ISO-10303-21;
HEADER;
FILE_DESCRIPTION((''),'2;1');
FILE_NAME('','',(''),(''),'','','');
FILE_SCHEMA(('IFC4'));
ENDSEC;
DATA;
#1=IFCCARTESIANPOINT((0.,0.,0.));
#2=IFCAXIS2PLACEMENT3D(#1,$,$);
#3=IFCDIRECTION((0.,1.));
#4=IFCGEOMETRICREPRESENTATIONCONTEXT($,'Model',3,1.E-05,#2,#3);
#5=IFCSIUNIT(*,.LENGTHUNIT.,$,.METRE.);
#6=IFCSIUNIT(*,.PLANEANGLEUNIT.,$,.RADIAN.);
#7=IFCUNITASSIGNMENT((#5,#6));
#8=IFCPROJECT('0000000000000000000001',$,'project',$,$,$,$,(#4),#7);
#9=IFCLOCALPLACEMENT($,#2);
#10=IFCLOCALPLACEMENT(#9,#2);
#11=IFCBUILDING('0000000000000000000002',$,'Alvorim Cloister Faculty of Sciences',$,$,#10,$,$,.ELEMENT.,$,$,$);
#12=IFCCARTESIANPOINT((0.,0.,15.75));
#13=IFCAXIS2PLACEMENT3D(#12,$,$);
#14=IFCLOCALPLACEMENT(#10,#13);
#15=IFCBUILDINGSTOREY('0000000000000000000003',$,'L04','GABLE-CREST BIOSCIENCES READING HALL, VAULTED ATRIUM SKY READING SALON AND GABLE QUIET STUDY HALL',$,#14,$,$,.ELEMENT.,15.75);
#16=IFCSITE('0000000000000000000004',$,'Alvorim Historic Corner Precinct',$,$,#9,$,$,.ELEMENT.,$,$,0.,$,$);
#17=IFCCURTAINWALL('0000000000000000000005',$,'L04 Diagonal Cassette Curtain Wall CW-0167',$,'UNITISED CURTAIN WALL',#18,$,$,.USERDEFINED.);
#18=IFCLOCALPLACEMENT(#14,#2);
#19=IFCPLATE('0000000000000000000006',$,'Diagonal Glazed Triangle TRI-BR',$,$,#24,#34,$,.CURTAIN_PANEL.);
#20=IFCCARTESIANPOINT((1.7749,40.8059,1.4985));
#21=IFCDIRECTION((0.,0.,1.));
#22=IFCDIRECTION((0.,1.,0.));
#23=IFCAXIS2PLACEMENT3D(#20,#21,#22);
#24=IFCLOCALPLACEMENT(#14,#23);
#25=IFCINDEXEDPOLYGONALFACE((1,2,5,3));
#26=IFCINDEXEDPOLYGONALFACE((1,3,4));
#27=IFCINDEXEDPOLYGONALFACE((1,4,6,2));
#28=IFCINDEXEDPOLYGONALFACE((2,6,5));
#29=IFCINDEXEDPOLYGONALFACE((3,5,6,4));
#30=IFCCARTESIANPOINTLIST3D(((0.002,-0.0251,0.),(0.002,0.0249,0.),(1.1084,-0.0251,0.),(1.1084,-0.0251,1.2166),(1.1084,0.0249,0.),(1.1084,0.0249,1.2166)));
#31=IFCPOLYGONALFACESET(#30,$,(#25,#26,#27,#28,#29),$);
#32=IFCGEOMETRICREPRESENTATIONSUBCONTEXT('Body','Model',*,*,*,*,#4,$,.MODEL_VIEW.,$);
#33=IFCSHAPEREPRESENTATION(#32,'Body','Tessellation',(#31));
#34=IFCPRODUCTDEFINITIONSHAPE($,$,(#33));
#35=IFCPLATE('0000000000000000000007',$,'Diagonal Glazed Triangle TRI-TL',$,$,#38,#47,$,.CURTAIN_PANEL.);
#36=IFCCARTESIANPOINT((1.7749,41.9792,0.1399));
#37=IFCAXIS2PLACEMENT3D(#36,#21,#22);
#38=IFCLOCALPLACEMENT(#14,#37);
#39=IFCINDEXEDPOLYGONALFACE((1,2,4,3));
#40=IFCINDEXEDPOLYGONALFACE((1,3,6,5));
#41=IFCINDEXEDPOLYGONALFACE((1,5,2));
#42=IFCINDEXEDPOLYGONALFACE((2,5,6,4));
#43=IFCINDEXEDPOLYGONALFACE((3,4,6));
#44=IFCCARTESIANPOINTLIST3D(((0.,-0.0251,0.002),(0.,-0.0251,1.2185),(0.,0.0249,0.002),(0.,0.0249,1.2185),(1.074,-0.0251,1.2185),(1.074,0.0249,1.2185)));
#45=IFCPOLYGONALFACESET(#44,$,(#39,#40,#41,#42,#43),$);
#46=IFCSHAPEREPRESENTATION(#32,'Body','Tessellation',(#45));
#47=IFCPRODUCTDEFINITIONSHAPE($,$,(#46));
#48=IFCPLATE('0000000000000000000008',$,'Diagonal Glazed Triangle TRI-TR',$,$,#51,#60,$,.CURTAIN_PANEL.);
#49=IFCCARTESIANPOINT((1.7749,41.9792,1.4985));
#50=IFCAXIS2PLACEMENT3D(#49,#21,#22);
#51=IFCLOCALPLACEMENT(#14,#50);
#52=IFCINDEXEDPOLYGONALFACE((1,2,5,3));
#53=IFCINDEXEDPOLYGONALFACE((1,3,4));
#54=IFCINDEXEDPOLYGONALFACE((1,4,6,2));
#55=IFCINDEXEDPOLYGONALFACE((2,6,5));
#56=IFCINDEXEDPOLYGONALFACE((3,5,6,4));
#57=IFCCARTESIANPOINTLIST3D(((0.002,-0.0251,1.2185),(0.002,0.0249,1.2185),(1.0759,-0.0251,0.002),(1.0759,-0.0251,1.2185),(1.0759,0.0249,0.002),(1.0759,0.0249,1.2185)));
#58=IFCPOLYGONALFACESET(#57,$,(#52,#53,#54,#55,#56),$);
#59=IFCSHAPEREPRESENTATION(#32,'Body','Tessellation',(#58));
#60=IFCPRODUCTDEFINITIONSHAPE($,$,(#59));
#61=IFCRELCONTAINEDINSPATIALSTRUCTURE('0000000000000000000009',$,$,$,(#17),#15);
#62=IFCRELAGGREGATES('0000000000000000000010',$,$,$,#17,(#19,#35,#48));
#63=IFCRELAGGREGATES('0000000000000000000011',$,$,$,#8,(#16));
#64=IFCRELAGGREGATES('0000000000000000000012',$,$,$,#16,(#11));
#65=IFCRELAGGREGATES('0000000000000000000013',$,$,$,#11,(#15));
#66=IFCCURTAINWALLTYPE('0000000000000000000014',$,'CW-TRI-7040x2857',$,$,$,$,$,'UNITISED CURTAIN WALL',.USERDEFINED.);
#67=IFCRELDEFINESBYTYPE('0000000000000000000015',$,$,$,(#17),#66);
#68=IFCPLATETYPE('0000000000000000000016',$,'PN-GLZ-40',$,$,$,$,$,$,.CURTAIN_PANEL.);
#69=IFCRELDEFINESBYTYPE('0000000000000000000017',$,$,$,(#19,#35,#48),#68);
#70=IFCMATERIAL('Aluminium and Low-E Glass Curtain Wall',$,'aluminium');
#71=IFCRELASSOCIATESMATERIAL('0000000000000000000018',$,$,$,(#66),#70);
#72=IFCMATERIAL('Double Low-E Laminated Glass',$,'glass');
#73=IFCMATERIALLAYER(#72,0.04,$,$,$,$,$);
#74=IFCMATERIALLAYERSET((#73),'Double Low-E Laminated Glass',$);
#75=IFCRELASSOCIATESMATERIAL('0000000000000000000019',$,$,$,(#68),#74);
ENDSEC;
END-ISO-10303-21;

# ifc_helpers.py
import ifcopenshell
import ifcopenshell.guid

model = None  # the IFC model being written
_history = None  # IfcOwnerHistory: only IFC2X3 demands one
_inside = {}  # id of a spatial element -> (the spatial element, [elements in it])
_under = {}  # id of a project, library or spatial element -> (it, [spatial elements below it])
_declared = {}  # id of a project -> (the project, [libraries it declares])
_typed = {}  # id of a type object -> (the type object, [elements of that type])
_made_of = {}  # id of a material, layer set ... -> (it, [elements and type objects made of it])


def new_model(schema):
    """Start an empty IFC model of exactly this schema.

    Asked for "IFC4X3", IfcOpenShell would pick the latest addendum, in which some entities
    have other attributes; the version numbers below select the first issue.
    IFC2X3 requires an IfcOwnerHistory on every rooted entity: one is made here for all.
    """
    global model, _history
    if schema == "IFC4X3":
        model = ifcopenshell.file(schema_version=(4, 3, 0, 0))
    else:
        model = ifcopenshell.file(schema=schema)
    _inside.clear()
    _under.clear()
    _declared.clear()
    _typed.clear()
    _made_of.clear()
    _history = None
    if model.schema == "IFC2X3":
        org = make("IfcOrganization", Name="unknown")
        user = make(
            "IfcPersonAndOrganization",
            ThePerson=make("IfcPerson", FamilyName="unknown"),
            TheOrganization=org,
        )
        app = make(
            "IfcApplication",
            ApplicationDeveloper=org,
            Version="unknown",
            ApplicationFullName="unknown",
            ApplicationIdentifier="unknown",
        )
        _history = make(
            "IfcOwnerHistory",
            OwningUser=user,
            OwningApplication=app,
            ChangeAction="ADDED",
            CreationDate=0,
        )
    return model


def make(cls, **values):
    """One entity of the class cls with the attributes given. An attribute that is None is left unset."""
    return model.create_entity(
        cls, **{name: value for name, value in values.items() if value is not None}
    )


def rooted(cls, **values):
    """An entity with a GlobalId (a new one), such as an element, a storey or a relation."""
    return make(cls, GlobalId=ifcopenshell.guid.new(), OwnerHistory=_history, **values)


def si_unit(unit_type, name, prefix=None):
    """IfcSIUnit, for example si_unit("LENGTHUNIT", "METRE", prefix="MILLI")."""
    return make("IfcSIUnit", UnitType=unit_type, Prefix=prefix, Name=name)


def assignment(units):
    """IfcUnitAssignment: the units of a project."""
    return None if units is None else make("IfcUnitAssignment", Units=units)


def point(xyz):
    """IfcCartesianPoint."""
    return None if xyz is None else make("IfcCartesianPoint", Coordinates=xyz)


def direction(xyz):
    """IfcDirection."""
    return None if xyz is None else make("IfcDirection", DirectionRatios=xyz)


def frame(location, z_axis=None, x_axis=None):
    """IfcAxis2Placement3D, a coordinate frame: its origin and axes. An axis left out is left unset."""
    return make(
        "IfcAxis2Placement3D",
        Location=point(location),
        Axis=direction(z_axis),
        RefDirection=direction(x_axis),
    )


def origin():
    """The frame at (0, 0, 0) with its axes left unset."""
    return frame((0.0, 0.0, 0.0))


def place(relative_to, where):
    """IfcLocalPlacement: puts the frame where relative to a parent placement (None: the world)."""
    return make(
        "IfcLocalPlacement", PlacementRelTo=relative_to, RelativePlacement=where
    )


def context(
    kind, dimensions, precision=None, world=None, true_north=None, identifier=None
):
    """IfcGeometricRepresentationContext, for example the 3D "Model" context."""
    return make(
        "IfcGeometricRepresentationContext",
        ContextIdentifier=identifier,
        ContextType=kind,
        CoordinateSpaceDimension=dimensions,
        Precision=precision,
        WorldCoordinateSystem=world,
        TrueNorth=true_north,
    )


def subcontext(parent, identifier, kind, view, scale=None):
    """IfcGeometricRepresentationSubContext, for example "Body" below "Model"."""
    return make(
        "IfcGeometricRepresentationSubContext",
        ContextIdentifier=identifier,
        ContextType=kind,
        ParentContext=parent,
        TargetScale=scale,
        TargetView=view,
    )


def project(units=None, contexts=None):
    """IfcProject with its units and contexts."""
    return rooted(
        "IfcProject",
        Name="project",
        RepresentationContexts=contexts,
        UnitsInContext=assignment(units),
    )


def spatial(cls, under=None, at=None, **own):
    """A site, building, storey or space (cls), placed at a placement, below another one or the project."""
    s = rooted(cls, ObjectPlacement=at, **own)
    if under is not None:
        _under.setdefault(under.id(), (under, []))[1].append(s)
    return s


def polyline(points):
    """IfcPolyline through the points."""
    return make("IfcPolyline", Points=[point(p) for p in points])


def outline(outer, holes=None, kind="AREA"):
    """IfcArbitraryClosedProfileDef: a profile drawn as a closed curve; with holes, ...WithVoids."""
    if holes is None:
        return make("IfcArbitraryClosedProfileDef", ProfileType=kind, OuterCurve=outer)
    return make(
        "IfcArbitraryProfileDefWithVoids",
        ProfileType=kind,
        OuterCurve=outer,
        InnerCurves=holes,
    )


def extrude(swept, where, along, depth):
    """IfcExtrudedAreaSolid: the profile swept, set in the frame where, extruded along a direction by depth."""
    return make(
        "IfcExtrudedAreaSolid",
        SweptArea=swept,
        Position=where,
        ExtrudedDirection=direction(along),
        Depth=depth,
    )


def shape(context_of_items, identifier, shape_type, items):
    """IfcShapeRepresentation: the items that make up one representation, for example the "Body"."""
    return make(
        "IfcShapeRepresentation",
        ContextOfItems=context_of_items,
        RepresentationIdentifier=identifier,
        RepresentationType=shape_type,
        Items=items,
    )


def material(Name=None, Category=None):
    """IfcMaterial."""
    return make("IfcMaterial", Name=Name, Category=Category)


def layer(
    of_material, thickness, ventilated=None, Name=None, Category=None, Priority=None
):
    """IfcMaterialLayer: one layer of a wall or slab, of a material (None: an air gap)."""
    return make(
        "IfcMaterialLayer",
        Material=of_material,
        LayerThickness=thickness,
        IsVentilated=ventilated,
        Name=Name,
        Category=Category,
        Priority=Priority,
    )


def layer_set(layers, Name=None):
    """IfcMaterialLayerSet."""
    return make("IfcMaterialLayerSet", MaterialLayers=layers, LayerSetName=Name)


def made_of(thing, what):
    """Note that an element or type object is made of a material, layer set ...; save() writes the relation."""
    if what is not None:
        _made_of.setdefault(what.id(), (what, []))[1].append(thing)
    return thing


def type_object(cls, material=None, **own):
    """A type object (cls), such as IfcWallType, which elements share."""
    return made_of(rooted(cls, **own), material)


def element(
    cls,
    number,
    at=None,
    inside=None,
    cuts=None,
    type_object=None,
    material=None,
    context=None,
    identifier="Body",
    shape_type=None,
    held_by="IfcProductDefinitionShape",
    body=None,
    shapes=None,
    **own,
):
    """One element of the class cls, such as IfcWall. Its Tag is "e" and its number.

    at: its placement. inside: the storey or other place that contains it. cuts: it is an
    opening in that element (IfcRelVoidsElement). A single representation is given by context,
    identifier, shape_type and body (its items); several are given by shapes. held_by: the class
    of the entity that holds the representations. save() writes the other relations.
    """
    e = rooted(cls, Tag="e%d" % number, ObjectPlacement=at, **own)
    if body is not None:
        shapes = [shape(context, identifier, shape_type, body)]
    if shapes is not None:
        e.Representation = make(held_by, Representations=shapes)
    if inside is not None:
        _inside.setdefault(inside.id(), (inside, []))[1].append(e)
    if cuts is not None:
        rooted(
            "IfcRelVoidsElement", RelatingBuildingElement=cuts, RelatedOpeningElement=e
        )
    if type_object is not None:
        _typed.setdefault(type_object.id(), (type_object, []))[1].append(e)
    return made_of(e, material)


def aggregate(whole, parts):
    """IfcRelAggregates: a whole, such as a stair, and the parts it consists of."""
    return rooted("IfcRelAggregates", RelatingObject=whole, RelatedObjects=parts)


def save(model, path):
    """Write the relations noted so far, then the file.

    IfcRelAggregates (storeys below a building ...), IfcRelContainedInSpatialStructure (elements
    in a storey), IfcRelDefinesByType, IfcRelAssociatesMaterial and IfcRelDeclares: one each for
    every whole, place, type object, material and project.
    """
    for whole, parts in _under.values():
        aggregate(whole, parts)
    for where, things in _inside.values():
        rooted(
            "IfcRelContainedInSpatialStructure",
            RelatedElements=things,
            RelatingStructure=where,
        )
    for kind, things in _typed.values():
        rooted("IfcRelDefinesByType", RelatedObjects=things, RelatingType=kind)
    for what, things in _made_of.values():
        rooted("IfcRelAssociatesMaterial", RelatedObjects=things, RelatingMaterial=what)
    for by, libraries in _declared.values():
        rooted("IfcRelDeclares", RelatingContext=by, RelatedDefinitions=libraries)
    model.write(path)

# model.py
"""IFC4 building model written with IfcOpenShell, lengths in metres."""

from ifc_helpers import new_model, si_unit, direction, frame, origin, place, context, subcontext, project, spatial, polyline, outline, extrude, material, layer, layer_set, type_object, element, aggregate, save


model = new_model("IFC4")

# Units and contexts
model_context = context("Model", 3, precision=1e-05, world=origin(), true_north=direction((0.0, 1.0)))
body_context = subcontext(model_context, "Body", "Model", "MODEL_VIEW")
ifc_project = project(units=[si_unit("LENGTHUNIT", "METRE"), si_unit("PLANEANGLEUNIT", "RADIAN")], contexts=[model_context])

# Site, building, storey
site_placement = place(None, origin())
site = spatial("IfcSite", under=ifc_project, at=site_placement, Name="Alvorim Historic Corner Precinct", CompositionType="ELEMENT", RefElevation=0.0)
building_placement = place(site_placement, origin())
building = spatial("IfcBuilding", under=site, at=building_placement, Name="Alvorim Cloister Faculty of Sciences", CompositionType="ELEMENT")
storey_placement = place(building_placement, frame((0.0, 0.0, 15.75)))
storey = spatial("IfcBuildingStorey", under=building, at=storey_placement, Name="L04", Description="GABLE-CREST BIOSCIENCES READING HALL, VAULTED ATRIUM SKY READING SALON AND GABLE QUIET STUDY HALL", CompositionType="ELEMENT", Elevation=15.75)

# Curtain wall
ifc_material_1 = material(Name="Aluminium and Low-E Glass Curtain Wall", Category="aluminium")
curtain_wall_type_1 = type_object("IfcCurtainWallType", Name="CW-TRI-7040x2857", ElementType="UNITISED CURTAIN WALL", PredefinedType="USERDEFINED", material=ifc_material_1)
curtain_wall_1_placement = place(storey_placement, origin())
curtain_wall_1 = element("IfcCurtainWall", 1, at=curtain_wall_1_placement, inside=storey, type_object=curtain_wall_type_1, Name="L04 Diagonal Cassette Curtain Wall CW-0167", ObjectType="UNITISED CURTAIN WALL", PredefinedType="USERDEFINED")

# Plates
ifc_material_2 = material(Name="Double Low-E Laminated Glass", Category="glass")
ifc_layer_1 = layer(ifc_material_2, 0.04)
ifc_layer_set_1 = layer_set([ifc_layer_1], Name="Double Low-E Laminated Glass")
plate_type = type_object("IfcPlateType", Name="PN-GLZ-40", PredefinedType="CURTAIN_PANEL", material=ifc_layer_set_1)
plate_1_placement = place(storey_placement, frame((1.7749, 40.8059, 1.4985), z_axis=(0.0, 0.0, 1.0), x_axis=(0.0, 1.0, 0.0)))
plate_1 = element("IfcPlate", 2, at=plate_1_placement, type_object=plate_type, Name="Diagonal Glazed Triangle TRI-BR", PredefinedType="CURTAIN_PANEL", context=body_context, shape_type="SweptSolid", body=[
    extrude(outline(polyline([(0.002, 0.0), (1.1084, 0.0), (1.1084, 1.2166), (0.002, 0.0)])), frame((0.0, 0.0249, 0.0), z_axis=(0.0, -1.0, 0.0), x_axis=(1.0, 0.0, 0.0)), (0.0, 0.0, 1.0), 0.05),
])
plate_2_placement = place(storey_placement, frame((1.7749, 41.9792, 0.1399), z_axis=(0.0, 0.0, 1.0), x_axis=(0.0, 1.0, 0.0)))
plate_2 = element("IfcPlate", 3, at=plate_2_placement, type_object=plate_type, Name="Diagonal Glazed Triangle TRI-TL", PredefinedType="CURTAIN_PANEL", context=body_context, shape_type="SweptSolid", body=[
    extrude(outline(polyline([(1.074, 1.2185), (0.0, 1.2185), (0.0, 0.002), (1.074, 1.2185)])), frame((0.0, 0.0249, 0.0), z_axis=(0.0, -1.0, 0.0), x_axis=(1.0, 0.0, 0.0)), (0.0, 0.0, 1.0), 0.05),
])
plate_3_placement = place(storey_placement, frame((1.7749, 41.9792, 1.4985), z_axis=(0.0, 0.0, 1.0), x_axis=(0.0, 1.0, 0.0)))
plate_3 = element("IfcPlate", 4, at=plate_3_placement, type_object=plate_type, Name="Diagonal Glazed Triangle TRI-TR", PredefinedType="CURTAIN_PANEL", context=body_context, shape_type="SweptSolid", body=[
    extrude(outline(polyline([(1.0759, 0.002), (1.0759, 1.2185), (0.002, 1.2185), (1.0759, 0.002)])), frame((0.0, 0.0249, 0.0), z_axis=(0.0, -1.0, 0.0), x_axis=(1.0, 0.0, 0.0)), (0.0, 0.0, 1.0), 0.05),
])
aggregate(curtain_wall_1, [plate_1, plate_2, plate_3])

save(model, "model.ifc")
